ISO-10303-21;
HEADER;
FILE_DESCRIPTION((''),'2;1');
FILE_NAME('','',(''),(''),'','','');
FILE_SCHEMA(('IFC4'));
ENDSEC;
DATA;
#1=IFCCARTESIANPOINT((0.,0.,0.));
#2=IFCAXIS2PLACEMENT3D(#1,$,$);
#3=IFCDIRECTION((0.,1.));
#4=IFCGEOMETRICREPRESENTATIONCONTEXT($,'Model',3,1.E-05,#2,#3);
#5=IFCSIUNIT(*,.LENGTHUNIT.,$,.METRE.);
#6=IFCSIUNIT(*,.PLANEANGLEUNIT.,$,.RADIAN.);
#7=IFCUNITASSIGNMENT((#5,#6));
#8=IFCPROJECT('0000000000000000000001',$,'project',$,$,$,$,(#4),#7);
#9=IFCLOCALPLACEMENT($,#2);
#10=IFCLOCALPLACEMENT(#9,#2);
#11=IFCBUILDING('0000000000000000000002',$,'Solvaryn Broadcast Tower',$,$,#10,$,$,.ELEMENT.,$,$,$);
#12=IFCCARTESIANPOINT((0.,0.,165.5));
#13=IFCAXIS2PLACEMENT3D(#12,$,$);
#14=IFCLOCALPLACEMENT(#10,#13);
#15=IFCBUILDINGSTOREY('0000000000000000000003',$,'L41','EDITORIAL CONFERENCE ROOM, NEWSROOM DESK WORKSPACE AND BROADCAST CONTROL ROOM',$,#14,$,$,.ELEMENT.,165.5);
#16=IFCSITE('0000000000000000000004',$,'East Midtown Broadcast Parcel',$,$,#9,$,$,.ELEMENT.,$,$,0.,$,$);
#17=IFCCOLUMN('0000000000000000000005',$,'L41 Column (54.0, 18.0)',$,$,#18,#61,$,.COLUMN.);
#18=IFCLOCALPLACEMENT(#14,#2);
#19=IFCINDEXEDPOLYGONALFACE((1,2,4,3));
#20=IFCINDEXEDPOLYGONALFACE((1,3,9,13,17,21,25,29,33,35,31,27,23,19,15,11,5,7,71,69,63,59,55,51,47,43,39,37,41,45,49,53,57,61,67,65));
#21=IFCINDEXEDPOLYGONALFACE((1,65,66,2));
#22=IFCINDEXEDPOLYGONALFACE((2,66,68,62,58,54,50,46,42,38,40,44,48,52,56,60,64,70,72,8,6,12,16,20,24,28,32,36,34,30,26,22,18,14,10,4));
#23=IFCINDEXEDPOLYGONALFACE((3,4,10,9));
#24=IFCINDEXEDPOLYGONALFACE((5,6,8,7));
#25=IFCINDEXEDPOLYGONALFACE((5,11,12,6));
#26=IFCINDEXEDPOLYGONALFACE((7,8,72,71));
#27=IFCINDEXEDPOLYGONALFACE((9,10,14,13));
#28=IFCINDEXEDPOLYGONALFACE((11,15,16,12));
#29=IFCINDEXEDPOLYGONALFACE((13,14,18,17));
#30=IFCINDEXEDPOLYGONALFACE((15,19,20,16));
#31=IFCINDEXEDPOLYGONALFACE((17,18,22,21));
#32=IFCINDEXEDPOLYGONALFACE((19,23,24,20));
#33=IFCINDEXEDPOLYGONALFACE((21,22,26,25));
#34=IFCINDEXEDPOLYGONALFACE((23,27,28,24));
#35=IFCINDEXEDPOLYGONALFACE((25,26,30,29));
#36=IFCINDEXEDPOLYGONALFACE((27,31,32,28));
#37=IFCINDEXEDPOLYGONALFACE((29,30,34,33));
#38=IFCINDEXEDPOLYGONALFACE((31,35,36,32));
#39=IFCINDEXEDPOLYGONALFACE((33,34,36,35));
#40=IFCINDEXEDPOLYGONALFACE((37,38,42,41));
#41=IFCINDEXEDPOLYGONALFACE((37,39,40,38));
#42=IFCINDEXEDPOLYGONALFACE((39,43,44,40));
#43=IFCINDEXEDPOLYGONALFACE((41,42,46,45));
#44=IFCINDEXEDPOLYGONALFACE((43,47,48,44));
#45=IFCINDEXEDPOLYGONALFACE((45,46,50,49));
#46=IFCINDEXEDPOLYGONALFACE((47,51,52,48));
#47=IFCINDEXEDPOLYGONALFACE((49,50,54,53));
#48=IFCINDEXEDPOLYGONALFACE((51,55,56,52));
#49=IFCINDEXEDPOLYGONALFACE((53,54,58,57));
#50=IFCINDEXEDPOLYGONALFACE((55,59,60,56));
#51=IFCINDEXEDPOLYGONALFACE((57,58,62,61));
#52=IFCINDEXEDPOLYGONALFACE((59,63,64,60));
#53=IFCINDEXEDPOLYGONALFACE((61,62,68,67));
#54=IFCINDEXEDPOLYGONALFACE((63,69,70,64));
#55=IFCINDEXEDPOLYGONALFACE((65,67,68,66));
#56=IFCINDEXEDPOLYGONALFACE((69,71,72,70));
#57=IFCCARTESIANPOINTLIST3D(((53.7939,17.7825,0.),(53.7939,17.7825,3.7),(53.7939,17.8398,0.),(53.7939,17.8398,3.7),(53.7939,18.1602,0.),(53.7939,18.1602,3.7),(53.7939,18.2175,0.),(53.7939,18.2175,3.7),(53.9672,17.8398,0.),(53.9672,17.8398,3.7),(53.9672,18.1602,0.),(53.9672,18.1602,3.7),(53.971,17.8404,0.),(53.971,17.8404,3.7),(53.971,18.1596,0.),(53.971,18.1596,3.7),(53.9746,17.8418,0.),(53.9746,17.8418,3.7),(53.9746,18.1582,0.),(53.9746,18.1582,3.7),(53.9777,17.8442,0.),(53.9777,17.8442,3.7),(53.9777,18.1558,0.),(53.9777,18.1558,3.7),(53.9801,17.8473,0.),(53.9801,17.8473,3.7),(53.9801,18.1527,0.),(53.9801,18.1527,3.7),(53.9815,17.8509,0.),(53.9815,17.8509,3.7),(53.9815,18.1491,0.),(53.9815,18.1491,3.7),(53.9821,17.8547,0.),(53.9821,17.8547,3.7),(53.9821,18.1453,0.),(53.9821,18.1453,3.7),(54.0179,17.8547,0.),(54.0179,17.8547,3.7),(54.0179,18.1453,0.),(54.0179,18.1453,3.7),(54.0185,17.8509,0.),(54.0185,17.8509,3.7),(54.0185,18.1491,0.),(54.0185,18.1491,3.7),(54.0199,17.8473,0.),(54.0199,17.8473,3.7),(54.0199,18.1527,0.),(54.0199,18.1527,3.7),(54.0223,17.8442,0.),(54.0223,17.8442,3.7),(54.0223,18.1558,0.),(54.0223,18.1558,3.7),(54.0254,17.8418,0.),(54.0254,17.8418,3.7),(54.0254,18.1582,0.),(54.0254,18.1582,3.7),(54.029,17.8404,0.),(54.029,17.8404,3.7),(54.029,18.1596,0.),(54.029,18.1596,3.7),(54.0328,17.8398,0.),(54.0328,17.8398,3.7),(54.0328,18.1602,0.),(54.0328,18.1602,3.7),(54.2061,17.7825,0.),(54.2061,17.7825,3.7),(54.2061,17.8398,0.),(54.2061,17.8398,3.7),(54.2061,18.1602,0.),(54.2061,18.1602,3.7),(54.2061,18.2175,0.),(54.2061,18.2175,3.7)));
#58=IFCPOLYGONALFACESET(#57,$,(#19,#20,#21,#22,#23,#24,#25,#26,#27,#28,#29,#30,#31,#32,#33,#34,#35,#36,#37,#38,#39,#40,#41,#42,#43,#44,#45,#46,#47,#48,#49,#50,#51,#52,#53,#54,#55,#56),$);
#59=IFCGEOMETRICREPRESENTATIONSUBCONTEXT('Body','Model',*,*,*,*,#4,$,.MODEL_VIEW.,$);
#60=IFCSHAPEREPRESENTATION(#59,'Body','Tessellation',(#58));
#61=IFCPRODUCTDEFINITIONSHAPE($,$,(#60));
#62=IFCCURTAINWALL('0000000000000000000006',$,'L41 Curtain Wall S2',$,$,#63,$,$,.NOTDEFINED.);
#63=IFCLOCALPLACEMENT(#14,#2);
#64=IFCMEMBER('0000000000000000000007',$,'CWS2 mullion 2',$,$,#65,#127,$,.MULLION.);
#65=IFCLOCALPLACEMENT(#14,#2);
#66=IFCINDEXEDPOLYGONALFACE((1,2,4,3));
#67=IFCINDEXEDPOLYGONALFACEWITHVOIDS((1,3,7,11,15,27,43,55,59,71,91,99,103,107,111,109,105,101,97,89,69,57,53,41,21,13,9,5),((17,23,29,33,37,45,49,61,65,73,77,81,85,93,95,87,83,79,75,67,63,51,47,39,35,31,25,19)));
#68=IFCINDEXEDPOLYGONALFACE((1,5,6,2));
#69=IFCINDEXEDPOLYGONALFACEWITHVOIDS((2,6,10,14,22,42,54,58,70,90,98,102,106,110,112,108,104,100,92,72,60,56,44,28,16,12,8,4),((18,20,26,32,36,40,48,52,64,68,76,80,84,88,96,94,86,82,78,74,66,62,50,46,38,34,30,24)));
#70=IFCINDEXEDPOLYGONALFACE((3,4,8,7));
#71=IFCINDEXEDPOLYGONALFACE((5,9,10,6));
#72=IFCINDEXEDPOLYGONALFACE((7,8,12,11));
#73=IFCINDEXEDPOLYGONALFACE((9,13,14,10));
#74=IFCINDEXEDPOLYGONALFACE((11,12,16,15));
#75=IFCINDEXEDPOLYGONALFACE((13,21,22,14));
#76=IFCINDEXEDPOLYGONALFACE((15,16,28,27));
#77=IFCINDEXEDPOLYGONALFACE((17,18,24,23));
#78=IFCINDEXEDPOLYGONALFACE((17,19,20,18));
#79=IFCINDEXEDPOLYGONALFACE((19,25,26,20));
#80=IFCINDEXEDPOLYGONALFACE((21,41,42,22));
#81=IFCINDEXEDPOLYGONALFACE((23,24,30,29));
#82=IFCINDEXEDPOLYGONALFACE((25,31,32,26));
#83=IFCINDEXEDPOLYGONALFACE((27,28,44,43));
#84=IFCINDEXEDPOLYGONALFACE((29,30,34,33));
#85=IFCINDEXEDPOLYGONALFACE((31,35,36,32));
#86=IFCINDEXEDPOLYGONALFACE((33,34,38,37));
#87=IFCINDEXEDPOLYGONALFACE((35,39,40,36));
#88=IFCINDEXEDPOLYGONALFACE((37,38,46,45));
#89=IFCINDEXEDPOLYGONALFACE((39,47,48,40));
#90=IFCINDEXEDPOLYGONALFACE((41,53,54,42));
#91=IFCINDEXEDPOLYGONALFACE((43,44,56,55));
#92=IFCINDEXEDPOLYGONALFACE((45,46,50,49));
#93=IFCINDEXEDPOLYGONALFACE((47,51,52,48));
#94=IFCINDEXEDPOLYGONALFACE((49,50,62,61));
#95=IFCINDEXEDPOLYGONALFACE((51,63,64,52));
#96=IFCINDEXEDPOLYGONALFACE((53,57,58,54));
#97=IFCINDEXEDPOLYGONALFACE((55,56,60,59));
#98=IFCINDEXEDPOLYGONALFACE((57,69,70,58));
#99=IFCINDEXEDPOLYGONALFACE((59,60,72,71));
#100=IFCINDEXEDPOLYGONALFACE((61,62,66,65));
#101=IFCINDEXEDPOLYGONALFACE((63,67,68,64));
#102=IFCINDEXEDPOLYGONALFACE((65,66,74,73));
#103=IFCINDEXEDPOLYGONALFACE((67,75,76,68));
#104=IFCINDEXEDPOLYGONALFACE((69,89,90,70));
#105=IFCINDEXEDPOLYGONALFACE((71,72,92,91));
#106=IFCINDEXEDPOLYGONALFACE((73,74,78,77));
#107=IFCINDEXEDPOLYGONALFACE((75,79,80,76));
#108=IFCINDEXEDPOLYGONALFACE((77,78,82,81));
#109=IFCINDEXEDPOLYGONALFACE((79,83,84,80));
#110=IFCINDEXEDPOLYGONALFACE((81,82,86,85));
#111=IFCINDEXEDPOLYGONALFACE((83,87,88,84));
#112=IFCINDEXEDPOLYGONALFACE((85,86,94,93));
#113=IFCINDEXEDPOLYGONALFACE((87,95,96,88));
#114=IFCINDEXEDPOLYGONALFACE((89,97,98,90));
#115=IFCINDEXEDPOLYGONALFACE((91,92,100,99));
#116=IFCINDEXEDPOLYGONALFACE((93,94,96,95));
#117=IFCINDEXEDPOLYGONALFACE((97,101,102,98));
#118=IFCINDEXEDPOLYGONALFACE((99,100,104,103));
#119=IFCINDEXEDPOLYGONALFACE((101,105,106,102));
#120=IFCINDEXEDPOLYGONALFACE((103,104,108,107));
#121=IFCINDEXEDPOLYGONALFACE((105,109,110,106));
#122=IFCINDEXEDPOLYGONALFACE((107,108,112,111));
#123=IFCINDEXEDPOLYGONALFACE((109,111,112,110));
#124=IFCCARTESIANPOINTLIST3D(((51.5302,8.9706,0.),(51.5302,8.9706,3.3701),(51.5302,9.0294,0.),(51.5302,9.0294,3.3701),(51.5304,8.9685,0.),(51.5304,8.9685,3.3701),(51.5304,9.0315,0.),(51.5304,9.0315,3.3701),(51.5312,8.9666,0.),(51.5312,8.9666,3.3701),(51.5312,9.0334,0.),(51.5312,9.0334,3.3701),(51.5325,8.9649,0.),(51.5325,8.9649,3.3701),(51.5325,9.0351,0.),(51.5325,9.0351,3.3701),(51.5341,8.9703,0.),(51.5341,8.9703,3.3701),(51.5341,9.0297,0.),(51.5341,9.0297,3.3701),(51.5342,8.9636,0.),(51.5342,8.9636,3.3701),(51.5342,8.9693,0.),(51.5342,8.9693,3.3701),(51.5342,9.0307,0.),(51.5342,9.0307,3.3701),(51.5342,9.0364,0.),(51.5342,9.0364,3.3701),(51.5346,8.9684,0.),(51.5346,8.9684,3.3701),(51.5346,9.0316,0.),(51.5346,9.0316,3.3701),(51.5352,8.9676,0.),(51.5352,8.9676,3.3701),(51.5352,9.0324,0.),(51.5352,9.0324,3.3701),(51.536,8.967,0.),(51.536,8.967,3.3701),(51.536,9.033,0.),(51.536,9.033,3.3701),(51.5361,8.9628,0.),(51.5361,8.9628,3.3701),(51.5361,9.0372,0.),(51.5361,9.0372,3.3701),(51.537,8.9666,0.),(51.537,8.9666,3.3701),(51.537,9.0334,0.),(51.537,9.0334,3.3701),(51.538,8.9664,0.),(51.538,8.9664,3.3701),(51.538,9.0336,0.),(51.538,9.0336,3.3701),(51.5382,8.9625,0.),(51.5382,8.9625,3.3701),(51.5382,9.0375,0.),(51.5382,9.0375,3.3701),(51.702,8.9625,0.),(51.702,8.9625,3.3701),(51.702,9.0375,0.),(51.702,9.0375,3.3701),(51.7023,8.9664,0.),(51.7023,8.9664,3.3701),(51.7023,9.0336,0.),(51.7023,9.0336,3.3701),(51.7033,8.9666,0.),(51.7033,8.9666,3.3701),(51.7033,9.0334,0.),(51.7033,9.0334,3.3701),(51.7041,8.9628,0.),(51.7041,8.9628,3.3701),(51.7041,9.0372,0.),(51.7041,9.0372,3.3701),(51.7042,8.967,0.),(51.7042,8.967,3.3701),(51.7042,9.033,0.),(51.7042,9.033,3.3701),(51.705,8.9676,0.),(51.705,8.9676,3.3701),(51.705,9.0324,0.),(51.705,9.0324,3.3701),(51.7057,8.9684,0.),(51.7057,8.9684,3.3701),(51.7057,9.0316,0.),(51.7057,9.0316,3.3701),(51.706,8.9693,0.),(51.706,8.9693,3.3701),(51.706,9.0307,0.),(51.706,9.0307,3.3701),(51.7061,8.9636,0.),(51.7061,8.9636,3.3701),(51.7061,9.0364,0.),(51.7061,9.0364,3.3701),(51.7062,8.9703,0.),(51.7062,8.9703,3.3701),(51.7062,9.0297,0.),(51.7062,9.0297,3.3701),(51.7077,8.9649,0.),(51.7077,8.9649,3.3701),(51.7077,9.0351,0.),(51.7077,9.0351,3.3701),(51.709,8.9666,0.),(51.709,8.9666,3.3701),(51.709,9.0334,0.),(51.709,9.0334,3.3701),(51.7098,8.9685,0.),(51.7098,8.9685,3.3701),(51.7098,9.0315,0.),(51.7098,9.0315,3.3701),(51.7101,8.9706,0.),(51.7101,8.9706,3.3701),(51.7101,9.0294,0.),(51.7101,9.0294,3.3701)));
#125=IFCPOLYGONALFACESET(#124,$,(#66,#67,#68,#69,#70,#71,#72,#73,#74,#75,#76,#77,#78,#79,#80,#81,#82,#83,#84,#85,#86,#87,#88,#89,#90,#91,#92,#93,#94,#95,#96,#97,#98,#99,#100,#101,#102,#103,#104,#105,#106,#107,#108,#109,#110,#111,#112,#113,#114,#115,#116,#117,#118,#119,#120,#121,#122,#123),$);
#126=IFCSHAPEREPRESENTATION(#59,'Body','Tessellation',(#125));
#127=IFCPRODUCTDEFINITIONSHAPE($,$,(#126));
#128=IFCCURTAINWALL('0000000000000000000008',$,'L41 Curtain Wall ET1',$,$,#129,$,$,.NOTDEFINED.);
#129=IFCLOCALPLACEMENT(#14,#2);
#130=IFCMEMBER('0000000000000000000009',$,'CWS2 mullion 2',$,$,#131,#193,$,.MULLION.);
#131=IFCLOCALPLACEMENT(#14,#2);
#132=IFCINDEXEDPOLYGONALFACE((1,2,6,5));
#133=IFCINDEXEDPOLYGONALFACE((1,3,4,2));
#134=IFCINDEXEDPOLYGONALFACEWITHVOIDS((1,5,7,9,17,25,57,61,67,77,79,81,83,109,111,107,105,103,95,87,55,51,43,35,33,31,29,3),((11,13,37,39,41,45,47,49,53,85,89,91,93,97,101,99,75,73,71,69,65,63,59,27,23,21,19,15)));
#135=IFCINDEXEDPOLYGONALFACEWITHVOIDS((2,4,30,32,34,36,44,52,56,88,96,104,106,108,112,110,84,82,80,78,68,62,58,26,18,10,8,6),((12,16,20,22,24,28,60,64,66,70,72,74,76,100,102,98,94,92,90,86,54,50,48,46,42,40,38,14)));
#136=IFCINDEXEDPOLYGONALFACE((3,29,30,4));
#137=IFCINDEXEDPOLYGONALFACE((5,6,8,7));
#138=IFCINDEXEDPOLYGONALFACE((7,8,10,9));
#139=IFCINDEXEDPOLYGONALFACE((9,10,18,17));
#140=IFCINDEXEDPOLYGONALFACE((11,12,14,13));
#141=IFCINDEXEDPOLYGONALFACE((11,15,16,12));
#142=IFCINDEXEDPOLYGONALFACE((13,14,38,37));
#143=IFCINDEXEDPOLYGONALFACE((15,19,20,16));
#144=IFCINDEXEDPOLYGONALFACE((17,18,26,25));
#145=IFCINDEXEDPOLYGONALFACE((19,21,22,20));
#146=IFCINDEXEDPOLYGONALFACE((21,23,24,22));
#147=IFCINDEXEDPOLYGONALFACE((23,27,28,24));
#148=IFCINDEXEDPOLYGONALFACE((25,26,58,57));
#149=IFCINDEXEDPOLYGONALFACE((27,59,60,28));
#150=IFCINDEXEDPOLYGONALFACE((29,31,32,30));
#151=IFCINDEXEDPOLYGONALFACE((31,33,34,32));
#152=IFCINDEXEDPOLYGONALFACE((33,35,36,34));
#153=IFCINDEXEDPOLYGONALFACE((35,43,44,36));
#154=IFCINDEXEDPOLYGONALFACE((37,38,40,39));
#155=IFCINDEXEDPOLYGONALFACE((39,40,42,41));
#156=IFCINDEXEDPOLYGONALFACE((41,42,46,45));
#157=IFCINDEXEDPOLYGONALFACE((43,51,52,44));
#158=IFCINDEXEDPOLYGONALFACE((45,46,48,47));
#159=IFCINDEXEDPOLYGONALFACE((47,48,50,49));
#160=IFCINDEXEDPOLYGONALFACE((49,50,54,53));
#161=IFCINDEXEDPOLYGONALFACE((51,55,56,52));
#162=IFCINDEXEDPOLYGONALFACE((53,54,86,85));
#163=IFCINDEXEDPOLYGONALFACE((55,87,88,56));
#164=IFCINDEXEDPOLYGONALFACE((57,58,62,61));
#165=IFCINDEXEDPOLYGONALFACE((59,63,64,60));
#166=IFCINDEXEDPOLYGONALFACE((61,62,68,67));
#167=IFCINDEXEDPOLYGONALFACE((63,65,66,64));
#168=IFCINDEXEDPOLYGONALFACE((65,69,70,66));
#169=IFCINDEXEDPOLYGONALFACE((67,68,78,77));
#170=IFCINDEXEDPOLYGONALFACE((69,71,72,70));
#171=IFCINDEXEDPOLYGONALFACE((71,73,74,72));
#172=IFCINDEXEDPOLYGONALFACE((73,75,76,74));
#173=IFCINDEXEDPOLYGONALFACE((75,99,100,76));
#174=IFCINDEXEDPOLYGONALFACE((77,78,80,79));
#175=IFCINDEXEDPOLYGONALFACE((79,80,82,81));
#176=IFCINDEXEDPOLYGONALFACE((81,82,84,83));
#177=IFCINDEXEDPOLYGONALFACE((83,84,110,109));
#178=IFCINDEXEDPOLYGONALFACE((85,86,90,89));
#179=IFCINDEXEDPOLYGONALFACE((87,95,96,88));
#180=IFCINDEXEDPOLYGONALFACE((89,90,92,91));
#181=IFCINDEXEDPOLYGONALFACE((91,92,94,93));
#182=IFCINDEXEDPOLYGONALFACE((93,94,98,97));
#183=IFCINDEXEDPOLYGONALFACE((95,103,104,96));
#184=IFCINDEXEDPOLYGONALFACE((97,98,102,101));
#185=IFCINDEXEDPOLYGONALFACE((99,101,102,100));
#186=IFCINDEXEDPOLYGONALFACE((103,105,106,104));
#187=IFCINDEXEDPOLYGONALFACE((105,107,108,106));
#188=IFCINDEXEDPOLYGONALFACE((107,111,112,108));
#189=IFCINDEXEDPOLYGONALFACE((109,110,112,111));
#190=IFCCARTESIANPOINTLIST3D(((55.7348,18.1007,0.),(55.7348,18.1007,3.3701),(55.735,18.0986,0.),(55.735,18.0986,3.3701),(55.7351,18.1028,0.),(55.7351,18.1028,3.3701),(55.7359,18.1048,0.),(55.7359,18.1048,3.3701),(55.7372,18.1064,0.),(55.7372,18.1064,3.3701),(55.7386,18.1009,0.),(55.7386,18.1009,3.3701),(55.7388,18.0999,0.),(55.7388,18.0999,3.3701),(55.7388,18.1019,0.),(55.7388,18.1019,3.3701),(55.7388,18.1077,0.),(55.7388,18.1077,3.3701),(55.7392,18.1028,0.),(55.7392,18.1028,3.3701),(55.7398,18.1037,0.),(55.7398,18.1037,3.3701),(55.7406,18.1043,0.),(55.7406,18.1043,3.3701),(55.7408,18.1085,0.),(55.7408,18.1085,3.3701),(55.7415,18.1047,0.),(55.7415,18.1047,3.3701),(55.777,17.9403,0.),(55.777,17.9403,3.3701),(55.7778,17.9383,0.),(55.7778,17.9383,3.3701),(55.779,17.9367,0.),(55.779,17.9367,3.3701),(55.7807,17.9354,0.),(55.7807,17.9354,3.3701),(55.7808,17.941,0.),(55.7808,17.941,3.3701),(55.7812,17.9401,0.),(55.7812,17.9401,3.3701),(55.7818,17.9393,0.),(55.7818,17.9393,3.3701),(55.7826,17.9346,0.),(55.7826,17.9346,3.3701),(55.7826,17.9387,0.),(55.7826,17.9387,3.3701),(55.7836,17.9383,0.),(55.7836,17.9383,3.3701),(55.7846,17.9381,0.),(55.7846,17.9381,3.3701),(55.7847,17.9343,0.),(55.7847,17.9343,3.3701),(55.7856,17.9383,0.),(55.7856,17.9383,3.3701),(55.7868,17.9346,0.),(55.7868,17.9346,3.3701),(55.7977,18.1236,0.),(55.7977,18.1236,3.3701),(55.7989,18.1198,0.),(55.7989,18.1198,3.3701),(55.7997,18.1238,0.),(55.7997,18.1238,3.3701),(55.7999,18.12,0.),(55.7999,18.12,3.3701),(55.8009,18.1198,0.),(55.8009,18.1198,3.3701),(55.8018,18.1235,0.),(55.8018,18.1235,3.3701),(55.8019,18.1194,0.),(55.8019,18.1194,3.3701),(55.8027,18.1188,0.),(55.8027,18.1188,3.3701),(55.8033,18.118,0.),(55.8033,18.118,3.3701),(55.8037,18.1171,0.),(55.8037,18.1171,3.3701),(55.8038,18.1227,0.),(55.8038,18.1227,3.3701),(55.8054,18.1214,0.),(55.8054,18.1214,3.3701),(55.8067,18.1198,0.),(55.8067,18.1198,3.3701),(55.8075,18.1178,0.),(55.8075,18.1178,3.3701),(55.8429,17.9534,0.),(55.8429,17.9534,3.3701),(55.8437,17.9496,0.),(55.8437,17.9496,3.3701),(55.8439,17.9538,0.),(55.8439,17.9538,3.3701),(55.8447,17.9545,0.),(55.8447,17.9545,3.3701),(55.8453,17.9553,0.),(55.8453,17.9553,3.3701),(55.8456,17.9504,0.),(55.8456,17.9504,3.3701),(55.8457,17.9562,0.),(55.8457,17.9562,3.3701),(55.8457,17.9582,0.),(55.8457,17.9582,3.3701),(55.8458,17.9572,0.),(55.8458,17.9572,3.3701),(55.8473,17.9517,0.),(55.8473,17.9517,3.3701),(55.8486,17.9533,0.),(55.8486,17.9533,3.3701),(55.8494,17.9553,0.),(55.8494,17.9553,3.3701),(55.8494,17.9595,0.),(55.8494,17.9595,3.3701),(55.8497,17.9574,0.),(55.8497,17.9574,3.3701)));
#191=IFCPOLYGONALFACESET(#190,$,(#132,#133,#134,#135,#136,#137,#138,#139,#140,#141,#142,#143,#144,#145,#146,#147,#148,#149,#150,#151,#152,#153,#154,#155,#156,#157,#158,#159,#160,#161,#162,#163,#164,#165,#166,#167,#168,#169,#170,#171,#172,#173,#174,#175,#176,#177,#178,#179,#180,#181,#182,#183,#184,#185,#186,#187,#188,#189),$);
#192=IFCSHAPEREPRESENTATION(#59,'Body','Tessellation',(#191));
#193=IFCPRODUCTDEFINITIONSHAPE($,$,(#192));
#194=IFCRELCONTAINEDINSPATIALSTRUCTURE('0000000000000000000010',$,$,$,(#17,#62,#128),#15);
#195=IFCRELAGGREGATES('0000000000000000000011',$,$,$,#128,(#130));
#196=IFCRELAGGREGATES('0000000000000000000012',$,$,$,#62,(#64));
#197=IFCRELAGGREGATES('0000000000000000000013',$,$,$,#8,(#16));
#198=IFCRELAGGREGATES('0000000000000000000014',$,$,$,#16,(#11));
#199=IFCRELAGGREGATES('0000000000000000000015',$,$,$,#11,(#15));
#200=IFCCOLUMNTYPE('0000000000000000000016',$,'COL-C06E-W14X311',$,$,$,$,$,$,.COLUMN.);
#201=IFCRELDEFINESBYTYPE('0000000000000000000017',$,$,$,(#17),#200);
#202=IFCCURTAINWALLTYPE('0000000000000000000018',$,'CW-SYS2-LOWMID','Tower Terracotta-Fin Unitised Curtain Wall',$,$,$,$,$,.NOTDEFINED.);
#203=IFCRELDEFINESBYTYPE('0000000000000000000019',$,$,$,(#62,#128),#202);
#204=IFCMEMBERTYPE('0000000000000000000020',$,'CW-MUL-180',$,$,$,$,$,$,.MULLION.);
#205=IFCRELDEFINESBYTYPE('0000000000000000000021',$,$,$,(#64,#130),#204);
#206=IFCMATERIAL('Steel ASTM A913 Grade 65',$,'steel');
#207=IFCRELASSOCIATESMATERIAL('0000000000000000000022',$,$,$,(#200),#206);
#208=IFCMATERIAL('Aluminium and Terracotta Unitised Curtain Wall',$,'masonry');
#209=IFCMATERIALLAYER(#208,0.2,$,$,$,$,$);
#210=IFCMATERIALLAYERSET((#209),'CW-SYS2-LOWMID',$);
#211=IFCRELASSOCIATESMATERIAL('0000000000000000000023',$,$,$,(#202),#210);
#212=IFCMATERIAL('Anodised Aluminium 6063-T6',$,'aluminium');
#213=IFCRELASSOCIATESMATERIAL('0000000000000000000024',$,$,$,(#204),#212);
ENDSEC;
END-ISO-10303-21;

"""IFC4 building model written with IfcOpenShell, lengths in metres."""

from ifc_helpers import new_model, si_unit, direction, frame, origin, origin_2d, place, context, subcontext, project, spatial, hollow_rectangle, i_section, extrude, material, layer, layer_set, material_profile, profile_set, type_object, element, aggregate, save


model = new_model("IFC4")

# Units and contexts
model_context = context("Model", 3, precision=1e-05, world=origin(), true_north=direction((0.0, 1.0)))
body_context = subcontext(model_context, "Body", "Model", "MODEL_VIEW")
ifc_project = project(units=[si_unit("LENGTHUNIT", "METRE"), si_unit("PLANEANGLEUNIT", "RADIAN")], contexts=[model_context])

# Site, building, storey
site_placement = place(None, origin())
site = spatial("IfcSite", under=ifc_project, at=site_placement, Name="East Midtown Broadcast Parcel", CompositionType="ELEMENT", RefElevation=0.0)
building_placement = place(site_placement, origin())
building = spatial("IfcBuilding", under=site, at=building_placement, Name="Solvaryn Broadcast Tower", CompositionType="ELEMENT")
storey_placement = place(building_placement, frame((0.0, 0.0, 165.5)))
storey = spatial("IfcBuildingStorey", under=building, at=storey_placement, Name="L41", Description="EDITORIAL CONFERENCE ROOM, NEWSROOM DESK WORKSPACE AND BROADCAST CONTROL ROOM", CompositionType="ELEMENT", Elevation=165.5)

# Column
ifc_material_1 = material(Name="Steel ASTM A913 Grade 65", Category="steel")
ifc_material_profile_1 = material_profile(ifc_material_1, i_section(OverallWidth=0.4121, OverallDepth=0.4351, WebThickness=0.0359, FlangeThickness=0.0574, FilletRadius=0.0149, at=origin_2d()))
ifc_profile_set_1 = profile_set([ifc_material_profile_1], Name="Steel ASTM A913 Grade 65")
column_type = type_object("IfcColumnType", Name="COL-C06E-W14X311", PredefinedType="COLUMN", material=ifc_profile_set_1)
column_placement = place(storey_placement, frame((54.0, 18.0, 0.0), z_axis=(0.0, 0.0, 1.0), x_axis=(1.0, 0.0, 0.0)))
element("IfcColumn", 1, at=column_placement, inside=storey, type_object=column_type, Name="L41 Column (54.0, 18.0)", PredefinedType="COLUMN", context=body_context, shape_type="SweptSolid", body=[
    extrude(i_section(OverallWidth=0.4121, OverallDepth=0.4351, WebThickness=0.0359, FlangeThickness=0.0574, FilletRadius=0.0149, at=origin_2d()), origin(), (0.0, 0.0, 1.0), 3.7),
])

# Curtain walls, members
ifc_material_2 = material(Name="Aluminium and Terracotta Unitised Curtain Wall", Category="masonry")
ifc_layer_1 = layer(ifc_material_2, 0.2)
ifc_layer_set_1 = layer_set([ifc_layer_1], Name="CW-SYS2-LOWMID")
curtain_wall_type = type_object("IfcCurtainWallType", Name="CW-SYS2-LOWMID", Description="Tower Terracotta-Fin Unitised Curtain Wall", PredefinedType="NOTDEFINED", material=ifc_layer_set_1)
curtain_wall_1_placement = place(storey_placement, origin())
curtain_wall_1 = element("IfcCurtainWall", 2, at=curtain_wall_1_placement, inside=storey, type_object=curtain_wall_type, Name="L41 Curtain Wall S2", PredefinedType="NOTDEFINED")
ifc_material_3 = material(Name="Anodised Aluminium 6063-T6", Category="aluminium")
ifc_material_profile_2 = material_profile(ifc_material_3, hollow_rectangle(XDim=0.075, YDim=0.1799, WallThickness=0.0039, InnerFilletRadius=0.0039, OuterFilletRadius=0.0081, at=origin_2d()))
ifc_profile_set_2 = profile_set([ifc_material_profile_2], Name="Anodised Aluminium 6063-T6")
member_type_1 = type_object("IfcMemberType", Name="CW-MUL-180", PredefinedType="MULLION", material=ifc_profile_set_2)
member_1_placement = place(storey_placement, frame((51.6201, 9.0, 0.0), z_axis=(0.0, 0.0, 1.0), x_axis=(0.0, 1.0, 0.0)))
member_1 = element("IfcMember", 3, at=member_1_placement, type_object=member_type_1, Name="CWS2 mullion 2", PredefinedType="MULLION", context=body_context, shape_type="SweptSolid", body=[
    extrude(hollow_rectangle(XDim=0.075, YDim=0.1799, WallThickness=0.0039, InnerFilletRadius=0.0039, OuterFilletRadius=0.0081, at=origin_2d()), origin(), (0.0, 0.0, 1.0), 3.3701),
])
curtain_wall_2_placement = place(storey_placement, origin())
curtain_wall_2 = element("IfcCurtainWall", 4, at=curtain_wall_2_placement, inside=storey, type_object=curtain_wall_type, Name="L41 Curtain Wall ET1", PredefinedType="NOTDEFINED")
member_2_placement = place(storey_placement, frame((55.7922, 18.0291, 0.0), z_axis=(0.0, 0.0, 1.0), x_axis=(0.966705, 0.255893, 0.0)))
member_2 = element("IfcMember", 5, at=member_2_placement, type_object=member_type_1, Name="CWS2 mullion 2", PredefinedType="MULLION", context=body_context, shape_type="SweptSolid", body=[
    extrude(hollow_rectangle(XDim=0.075, YDim=0.1799, WallThickness=0.0039, InnerFilletRadius=0.0039, OuterFilletRadius=0.0081, at=origin_2d()), origin(), (0.0, 0.0, 1.0), 3.3701),
])
aggregate(curtain_wall_2, [member_2])

aggregate(curtain_wall_1, [member_1])

save(model, "model.ifc")
